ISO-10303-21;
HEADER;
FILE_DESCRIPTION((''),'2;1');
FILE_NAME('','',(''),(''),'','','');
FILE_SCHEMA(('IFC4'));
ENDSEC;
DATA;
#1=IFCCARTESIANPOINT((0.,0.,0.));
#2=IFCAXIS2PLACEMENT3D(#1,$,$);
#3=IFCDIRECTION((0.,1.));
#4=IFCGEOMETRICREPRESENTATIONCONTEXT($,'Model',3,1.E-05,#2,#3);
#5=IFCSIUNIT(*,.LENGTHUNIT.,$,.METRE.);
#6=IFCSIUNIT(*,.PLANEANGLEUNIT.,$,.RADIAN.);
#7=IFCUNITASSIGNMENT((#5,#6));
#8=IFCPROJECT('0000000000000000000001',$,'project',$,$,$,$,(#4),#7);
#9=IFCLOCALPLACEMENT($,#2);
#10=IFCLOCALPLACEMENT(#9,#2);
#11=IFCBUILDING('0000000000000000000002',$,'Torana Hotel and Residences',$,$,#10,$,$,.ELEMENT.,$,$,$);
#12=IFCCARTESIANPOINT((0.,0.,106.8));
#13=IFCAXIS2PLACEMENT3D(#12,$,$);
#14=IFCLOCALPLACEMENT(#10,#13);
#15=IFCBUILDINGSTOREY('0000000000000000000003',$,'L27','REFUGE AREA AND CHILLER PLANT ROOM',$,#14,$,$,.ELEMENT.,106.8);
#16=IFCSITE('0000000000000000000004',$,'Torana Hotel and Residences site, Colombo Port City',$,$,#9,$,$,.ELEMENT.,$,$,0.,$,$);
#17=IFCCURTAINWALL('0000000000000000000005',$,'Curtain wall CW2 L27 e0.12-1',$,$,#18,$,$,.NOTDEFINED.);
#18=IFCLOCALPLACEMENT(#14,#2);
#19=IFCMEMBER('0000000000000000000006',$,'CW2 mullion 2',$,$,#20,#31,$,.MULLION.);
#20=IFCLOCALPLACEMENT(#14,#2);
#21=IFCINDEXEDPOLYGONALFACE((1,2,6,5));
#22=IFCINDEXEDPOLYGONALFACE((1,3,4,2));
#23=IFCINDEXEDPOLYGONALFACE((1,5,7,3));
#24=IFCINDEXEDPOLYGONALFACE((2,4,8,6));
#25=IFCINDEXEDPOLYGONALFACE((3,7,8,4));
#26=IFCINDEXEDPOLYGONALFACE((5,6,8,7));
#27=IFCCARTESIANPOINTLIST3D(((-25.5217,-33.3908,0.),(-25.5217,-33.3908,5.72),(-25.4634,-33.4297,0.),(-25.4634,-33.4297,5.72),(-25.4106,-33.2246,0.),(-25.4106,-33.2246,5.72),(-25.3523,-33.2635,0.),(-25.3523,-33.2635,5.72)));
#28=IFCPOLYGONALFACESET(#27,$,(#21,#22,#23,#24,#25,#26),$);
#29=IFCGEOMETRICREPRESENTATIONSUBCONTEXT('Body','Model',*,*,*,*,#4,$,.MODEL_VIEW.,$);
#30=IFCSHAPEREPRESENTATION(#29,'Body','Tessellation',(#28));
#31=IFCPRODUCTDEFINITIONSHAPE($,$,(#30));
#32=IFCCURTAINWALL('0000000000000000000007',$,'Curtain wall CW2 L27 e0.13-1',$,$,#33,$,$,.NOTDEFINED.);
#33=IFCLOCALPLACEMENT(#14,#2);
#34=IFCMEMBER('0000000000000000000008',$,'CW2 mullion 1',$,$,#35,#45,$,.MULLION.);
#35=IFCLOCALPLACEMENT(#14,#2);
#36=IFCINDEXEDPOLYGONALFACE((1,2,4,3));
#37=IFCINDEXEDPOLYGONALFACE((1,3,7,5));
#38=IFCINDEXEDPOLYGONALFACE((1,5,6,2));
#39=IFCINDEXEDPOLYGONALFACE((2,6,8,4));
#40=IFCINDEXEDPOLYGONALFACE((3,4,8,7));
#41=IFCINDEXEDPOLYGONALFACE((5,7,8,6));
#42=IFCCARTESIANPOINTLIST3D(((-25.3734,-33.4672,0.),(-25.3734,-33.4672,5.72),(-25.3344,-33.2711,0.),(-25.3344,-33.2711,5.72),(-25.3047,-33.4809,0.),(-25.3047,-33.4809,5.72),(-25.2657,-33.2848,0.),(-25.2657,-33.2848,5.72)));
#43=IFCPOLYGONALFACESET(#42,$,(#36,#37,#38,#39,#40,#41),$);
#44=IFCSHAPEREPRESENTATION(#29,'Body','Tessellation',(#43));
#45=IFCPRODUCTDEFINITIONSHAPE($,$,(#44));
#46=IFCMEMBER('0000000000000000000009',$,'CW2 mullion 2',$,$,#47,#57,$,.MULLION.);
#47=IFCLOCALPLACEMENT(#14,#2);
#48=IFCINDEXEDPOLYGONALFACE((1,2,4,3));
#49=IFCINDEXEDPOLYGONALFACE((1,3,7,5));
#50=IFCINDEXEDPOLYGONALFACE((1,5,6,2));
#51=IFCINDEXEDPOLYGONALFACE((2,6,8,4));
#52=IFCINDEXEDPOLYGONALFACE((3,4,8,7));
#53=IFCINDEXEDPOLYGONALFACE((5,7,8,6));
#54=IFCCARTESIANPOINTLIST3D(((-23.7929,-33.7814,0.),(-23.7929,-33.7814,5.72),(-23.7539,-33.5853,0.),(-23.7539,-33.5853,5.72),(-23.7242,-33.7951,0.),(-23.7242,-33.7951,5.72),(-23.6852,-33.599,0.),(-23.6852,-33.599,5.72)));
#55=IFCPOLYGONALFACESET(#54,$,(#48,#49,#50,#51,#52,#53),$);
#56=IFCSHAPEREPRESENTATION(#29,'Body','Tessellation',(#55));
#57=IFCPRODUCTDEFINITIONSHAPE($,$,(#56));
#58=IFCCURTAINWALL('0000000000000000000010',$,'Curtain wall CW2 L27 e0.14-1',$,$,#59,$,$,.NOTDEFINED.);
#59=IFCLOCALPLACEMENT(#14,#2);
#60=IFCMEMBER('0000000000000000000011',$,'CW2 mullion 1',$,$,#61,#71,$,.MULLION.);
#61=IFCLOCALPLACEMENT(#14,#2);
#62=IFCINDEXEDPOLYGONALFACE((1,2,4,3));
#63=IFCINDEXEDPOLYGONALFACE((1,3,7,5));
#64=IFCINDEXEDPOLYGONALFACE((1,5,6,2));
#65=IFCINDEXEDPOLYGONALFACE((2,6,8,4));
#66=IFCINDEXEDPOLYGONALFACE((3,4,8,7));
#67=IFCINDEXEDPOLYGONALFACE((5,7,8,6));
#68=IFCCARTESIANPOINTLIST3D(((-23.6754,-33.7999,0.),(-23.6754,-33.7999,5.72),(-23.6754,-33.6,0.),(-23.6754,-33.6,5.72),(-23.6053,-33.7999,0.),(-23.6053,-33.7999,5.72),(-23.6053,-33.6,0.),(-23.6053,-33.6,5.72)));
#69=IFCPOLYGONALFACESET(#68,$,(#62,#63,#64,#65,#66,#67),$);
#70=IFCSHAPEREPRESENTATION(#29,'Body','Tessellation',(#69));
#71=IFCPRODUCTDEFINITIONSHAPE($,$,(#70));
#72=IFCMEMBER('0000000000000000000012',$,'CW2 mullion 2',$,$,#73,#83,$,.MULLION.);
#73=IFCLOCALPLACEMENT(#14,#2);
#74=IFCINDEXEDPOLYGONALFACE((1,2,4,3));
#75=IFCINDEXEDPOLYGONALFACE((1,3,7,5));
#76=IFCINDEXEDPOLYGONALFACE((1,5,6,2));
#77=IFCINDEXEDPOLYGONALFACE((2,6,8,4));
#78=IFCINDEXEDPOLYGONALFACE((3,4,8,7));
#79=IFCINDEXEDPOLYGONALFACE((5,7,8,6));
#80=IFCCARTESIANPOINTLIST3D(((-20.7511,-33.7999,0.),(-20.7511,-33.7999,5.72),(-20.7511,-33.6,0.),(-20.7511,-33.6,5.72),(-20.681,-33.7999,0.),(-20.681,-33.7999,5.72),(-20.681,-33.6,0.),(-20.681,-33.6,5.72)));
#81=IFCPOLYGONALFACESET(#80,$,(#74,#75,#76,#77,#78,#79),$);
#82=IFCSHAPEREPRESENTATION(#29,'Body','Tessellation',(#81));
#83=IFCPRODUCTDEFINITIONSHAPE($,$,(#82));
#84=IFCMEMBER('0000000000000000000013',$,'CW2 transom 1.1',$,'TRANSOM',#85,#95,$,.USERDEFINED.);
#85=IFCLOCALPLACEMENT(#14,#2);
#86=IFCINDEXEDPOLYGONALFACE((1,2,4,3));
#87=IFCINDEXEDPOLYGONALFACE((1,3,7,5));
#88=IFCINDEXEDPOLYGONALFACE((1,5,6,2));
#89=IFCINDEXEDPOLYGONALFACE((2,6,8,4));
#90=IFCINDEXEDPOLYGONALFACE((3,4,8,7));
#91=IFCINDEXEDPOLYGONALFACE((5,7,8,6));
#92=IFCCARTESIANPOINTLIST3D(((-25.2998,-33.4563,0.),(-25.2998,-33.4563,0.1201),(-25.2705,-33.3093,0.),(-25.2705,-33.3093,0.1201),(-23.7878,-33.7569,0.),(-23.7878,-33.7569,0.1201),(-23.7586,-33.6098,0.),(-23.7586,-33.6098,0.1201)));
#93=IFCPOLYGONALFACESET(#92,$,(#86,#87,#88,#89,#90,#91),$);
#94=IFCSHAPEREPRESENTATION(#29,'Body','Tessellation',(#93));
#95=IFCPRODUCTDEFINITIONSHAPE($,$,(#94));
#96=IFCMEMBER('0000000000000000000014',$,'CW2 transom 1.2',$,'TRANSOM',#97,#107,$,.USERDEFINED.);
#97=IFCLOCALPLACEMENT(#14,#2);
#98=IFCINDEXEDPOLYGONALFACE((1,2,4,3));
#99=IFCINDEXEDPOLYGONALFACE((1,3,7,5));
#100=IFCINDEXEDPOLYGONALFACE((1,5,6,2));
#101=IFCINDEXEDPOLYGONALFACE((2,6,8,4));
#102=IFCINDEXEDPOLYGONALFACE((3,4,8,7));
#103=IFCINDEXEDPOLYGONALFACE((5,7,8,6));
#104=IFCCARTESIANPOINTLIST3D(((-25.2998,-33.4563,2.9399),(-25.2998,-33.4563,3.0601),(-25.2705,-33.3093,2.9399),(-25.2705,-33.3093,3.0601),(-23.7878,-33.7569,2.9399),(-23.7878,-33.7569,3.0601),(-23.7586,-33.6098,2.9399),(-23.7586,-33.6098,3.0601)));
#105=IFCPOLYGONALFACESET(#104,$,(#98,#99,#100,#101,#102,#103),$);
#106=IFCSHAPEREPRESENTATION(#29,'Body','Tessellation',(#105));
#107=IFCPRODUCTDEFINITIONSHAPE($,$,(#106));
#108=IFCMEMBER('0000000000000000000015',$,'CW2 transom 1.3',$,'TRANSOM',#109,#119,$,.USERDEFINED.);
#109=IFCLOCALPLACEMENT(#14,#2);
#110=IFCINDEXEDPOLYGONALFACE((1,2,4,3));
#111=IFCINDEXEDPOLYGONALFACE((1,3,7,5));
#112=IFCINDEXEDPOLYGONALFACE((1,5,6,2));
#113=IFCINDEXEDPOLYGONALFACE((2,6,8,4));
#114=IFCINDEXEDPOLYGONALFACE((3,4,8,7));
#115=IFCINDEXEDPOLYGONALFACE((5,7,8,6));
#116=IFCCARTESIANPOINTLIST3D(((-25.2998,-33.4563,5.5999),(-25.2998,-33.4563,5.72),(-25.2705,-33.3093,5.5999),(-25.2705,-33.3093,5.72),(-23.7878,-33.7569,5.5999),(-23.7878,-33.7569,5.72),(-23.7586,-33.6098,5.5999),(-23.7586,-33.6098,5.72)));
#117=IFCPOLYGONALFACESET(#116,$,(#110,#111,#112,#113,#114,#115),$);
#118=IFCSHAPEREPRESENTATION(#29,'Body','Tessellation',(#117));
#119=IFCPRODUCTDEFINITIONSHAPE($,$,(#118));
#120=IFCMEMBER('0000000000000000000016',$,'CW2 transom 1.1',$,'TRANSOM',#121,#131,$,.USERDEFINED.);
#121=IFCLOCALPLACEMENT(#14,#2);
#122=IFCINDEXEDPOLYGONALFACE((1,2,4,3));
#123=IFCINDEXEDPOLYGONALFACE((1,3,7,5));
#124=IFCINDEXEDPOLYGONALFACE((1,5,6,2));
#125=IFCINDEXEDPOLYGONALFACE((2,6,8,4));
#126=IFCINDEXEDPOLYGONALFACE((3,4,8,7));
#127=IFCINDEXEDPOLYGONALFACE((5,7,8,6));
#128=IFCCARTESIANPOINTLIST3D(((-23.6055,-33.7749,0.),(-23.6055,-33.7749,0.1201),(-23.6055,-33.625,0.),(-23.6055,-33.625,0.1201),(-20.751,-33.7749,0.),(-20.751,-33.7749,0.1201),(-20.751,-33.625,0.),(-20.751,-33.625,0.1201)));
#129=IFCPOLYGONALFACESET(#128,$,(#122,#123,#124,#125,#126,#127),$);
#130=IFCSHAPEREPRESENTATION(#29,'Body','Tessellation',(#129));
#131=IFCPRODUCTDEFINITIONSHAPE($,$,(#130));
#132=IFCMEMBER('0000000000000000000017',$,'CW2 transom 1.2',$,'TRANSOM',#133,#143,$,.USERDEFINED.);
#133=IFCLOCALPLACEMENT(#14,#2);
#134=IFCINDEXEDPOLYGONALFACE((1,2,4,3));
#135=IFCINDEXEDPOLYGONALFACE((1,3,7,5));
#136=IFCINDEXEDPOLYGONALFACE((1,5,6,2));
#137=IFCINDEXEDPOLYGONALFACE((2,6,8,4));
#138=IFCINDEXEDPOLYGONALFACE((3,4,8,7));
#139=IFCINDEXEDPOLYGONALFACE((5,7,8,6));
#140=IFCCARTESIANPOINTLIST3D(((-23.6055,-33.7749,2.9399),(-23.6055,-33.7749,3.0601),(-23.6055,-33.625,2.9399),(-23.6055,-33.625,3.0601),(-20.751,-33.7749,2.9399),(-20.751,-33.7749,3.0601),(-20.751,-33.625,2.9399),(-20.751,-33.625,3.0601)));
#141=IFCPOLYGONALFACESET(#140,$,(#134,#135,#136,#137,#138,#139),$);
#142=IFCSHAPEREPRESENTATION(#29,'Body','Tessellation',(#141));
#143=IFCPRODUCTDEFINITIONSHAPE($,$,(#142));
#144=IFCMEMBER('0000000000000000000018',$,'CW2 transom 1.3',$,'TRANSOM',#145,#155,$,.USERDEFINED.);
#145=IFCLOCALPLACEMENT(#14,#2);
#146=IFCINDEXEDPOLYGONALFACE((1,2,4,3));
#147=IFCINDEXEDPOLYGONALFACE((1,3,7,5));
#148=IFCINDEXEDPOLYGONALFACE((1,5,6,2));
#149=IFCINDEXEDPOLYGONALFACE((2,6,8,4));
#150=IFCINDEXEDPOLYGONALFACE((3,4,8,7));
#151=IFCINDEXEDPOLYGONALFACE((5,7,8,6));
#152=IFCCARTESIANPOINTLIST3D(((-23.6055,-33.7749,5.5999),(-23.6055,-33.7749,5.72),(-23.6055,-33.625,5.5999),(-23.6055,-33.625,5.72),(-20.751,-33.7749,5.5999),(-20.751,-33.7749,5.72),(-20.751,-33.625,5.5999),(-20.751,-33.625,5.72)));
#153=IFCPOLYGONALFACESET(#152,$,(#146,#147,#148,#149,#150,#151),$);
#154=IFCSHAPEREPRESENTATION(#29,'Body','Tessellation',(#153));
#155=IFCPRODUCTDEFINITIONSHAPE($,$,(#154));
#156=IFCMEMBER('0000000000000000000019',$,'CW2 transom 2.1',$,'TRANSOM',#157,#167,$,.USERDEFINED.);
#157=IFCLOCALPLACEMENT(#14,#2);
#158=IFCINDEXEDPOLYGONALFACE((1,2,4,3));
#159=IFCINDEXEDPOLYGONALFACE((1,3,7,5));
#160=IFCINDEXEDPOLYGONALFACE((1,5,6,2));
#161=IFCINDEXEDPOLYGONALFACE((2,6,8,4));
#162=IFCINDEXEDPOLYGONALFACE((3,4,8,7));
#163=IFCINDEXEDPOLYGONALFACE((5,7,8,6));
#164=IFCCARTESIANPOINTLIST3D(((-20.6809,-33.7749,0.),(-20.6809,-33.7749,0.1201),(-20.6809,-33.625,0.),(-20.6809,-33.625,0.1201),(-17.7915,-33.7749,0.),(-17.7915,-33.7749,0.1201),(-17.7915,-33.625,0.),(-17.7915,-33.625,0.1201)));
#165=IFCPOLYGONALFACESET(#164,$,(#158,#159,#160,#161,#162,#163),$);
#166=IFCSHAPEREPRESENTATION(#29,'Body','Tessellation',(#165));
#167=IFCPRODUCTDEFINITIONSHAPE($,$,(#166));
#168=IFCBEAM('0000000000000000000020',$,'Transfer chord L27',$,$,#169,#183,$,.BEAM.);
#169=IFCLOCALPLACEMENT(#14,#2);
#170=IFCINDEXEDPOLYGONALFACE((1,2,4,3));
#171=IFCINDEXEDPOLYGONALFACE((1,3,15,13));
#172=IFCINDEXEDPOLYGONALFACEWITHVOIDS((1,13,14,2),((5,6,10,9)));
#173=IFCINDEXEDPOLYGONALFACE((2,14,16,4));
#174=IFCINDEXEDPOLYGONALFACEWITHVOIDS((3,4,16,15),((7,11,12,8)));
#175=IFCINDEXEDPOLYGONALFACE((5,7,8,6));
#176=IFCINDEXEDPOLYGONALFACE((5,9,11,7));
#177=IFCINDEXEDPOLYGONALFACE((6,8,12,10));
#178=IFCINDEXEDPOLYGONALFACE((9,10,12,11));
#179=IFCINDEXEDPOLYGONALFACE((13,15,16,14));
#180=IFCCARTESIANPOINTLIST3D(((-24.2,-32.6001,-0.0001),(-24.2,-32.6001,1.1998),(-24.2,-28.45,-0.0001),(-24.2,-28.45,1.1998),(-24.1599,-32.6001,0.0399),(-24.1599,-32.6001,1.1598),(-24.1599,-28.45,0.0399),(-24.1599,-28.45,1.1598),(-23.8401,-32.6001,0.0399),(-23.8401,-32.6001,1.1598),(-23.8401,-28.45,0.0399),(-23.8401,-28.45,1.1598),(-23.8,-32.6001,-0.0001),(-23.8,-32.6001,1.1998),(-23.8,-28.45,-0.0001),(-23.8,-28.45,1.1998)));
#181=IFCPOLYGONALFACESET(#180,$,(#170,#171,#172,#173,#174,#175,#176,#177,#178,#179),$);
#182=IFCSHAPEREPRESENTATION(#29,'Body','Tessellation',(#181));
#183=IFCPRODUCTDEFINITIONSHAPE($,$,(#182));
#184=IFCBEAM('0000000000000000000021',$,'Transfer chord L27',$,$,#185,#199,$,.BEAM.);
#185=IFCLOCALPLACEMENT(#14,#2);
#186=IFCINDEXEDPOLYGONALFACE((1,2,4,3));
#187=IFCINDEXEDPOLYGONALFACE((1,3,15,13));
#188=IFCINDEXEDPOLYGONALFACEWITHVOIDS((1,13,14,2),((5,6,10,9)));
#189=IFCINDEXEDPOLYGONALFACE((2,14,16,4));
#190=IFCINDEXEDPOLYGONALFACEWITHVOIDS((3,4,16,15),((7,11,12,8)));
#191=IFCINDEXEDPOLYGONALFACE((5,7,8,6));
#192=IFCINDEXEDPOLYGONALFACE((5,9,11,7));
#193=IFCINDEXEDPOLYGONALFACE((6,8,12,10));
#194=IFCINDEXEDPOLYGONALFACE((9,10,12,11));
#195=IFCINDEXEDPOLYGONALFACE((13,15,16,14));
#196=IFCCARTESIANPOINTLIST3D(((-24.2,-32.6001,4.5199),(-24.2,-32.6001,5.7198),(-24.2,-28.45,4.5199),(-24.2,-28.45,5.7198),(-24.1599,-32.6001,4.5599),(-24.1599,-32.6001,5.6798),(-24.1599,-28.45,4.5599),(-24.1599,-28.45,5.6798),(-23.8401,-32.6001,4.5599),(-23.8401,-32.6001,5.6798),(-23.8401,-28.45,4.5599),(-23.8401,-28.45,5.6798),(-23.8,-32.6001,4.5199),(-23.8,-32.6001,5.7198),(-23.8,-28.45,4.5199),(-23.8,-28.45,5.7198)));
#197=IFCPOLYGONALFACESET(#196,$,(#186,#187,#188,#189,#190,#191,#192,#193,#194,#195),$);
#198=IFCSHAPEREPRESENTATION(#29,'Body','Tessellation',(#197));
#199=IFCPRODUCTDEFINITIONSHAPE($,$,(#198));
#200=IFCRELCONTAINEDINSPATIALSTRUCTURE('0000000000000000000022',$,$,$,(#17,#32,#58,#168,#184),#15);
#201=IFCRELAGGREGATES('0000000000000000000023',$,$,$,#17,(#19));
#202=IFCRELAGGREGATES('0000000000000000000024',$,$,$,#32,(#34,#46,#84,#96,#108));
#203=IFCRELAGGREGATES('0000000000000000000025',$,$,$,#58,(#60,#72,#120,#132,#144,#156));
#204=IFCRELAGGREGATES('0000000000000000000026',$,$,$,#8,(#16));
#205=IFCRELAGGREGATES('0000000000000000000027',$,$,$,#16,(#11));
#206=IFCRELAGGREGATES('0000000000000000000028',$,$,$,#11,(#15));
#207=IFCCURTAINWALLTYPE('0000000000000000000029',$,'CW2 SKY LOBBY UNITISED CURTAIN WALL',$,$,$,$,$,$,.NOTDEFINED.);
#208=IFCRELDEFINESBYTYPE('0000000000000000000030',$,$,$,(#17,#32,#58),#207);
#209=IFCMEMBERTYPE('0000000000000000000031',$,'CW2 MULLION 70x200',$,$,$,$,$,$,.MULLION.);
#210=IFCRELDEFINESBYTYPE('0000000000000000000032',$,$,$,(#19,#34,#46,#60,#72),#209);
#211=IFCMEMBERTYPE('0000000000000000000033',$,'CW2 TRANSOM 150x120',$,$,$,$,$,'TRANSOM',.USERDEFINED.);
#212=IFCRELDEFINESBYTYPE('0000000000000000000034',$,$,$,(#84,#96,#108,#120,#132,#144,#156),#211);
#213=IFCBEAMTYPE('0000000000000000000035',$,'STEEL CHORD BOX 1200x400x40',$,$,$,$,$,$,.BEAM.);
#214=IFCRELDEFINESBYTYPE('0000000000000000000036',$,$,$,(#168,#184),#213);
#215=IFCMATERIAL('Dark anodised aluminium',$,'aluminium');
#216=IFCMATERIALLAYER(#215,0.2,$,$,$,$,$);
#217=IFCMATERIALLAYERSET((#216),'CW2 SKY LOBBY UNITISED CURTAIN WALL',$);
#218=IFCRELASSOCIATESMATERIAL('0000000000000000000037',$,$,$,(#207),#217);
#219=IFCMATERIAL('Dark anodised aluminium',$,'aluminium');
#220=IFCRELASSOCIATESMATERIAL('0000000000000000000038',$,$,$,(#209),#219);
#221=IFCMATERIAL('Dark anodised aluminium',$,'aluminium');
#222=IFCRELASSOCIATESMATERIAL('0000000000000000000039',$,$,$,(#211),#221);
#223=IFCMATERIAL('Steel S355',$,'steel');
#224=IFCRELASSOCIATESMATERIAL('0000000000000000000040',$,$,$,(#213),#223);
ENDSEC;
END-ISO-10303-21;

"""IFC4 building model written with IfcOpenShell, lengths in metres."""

from ifc_helpers import new_model, si_unit, direction, frame, origin, origin_2d, place, context, subcontext, project, spatial, rectangle, hollow_rectangle, extrude, material, layer, layer_set, material_profile, profile_set, type_object, element, aggregate, save


model = new_model("IFC4")

# Units and contexts
model_context = context("Model", 3, precision=1e-05, world=origin(), true_north=direction((0.0, 1.0)))
body_context = subcontext(model_context, "Body", "Model", "MODEL_VIEW")
ifc_project = project(units=[si_unit("LENGTHUNIT", "METRE"), si_unit("PLANEANGLEUNIT", "RADIAN")], contexts=[model_context])

# Site, building, storey
site_placement = place(None, origin())
site = spatial("IfcSite", under=ifc_project, at=site_placement, Name="Torana Hotel and Residences site, Colombo Port City", CompositionType="ELEMENT", RefElevation=0.0)
building_placement = place(site_placement, origin())
building = spatial("IfcBuilding", under=site, at=building_placement, Name="Torana Hotel and Residences", CompositionType="ELEMENT")
storey_placement = place(building_placement, frame((0.0, 0.0, 106.8)))
storey = spatial("IfcBuildingStorey", under=building, at=storey_placement, Name="L27", Description="REFUGE AREA AND CHILLER PLANT ROOM", CompositionType="ELEMENT", Elevation=106.8)

# Curtain wall, member
ifc_material_1 = material(Name="Dark anodised aluminium", Category="aluminium")
ifc_layer_1 = layer(ifc_material_1, 0.2)
ifc_layer_set_1 = layer_set([ifc_layer_1], Name="CW2 SKY LOBBY UNITISED CURTAIN WALL")
curtain_wall_type = type_object("IfcCurtainWallType", Name="CW2 SKY LOBBY UNITISED CURTAIN WALL", PredefinedType="NOTDEFINED", material=ifc_layer_set_1)
curtain_wall_1_placement = place(storey_placement, origin())
curtain_wall_1 = element("IfcCurtainWall", 1, at=curtain_wall_1_placement, inside=storey, type_object=curtain_wall_type, Name="Curtain wall CW2 L27 e0.12-1", PredefinedType="NOTDEFINED")
ifc_material_2 = material(Name="Dark anodised aluminium", Category="aluminium")
ifc_material_profile_1 = material_profile(ifc_material_2, rectangle(XDim=0.2, YDim=0.0701, at=origin_2d()), Name="CW2 MULLION 70x200")
ifc_profile_set_1 = profile_set([ifc_material_profile_1], Name="Dark anodised aluminium")
member_type_1 = type_object("IfcMemberType", Name="CW2 MULLION 70x200", PredefinedType="MULLION", material=ifc_profile_set_1)
member_1_placement = place(storey_placement, frame((-25.437, -33.3271, 0.0), z_axis=(0.0, 0.0, 1.0), x_axis=(0.555564, 0.831474, 0.0)))
member_1 = element("IfcMember", 2, at=member_1_placement, type_object=member_type_1, Name="CW2 mullion 2", PredefinedType="MULLION", context=body_context, shape_type="SweptSolid", body=[
    extrude(rectangle(XDim=0.2, YDim=0.0701, at=origin_2d()), origin(), (0.0, 0.0, 1.0), 5.72),
])

# Curtain walls, members
curtain_wall_2_placement = place(storey_placement, origin())
curtain_wall_2 = element("IfcCurtainWall", 3, at=curtain_wall_2_placement, inside=storey, type_object=curtain_wall_type, Name="Curtain wall CW2 L27 e0.13-1", PredefinedType="NOTDEFINED")
member_2_placement = place(storey_placement, frame((-25.3196, -33.376, 0.0), z_axis=(0.0, 0.0, 1.0), x_axis=(0.195064, 0.980791, 0.0)))
member_2 = element("IfcMember", 4, at=member_2_placement, type_object=member_type_1, Name="CW2 mullion 1", PredefinedType="MULLION", context=body_context, shape_type="SweptSolid", body=[
    extrude(rectangle(XDim=0.2, YDim=0.0701, at=origin_2d()), origin(), (0.0, 0.0, 1.0), 5.72),
])
member_3_placement = place(storey_placement, frame((-23.739, -33.6902, 0.0), z_axis=(0.0, 0.0, 1.0), x_axis=(0.195064, 0.980791, 0.0)))
member_3 = element("IfcMember", 5, at=member_3_placement, type_object=member_type_1, Name="CW2 mullion 2", PredefinedType="MULLION", context=body_context, shape_type="SweptSolid", body=[
    extrude(rectangle(XDim=0.2, YDim=0.0701, at=origin_2d()), origin(), (0.0, 0.0, 1.0), 5.72),
])
curtain_wall_3_placement = place(storey_placement, origin())
curtain_wall_3 = element("IfcCurtainWall", 6, at=curtain_wall_3_placement, inside=storey, type_object=curtain_wall_type, Name="Curtain wall CW2 L27 e0.14-1", PredefinedType="NOTDEFINED")
member_4_placement = place(storey_placement, frame((-23.6404, -33.7, 0.0), z_axis=(0.0, 0.0, 1.0), x_axis=(0.0, 1.0, 0.0)))
member_4 = element("IfcMember", 7, at=member_4_placement, type_object=member_type_1, Name="CW2 mullion 1", PredefinedType="MULLION", context=body_context, shape_type="SweptSolid", body=[
    extrude(rectangle(XDim=0.2, YDim=0.0701, at=origin_2d()), origin(), (0.0, 0.0, 1.0), 5.72),
])
member_5_placement = place(storey_placement, frame((-20.7161, -33.7, 0.0), z_axis=(0.0, 0.0, 1.0), x_axis=(0.0, 1.0, 0.0)))
member_5 = element("IfcMember", 8, at=member_5_placement, type_object=member_type_1, Name="CW2 mullion 2", PredefinedType="MULLION", context=body_context, shape_type="SweptSolid", body=[
    extrude(rectangle(XDim=0.2, YDim=0.0701, at=origin_2d()), origin(), (0.0, 0.0, 1.0), 5.72),
])

# Members
ifc_material_3 = material(Name="Dark anodised aluminium", Category="aluminium")
ifc_material_profile_2 = material_profile(ifc_material_3, rectangle(XDim=0.1499, YDim=0.1201, at=origin_2d()), Name="CW2 TRANSOM 150x120")
ifc_profile_set_2 = profile_set([ifc_material_profile_2], Name="Dark anodised aluminium")
member_type_2 = type_object("IfcMemberType", Name="CW2 TRANSOM 150x120", ElementType="TRANSOM", PredefinedType="USERDEFINED", material=ifc_profile_set_2)
member_6_placement = place(storey_placement, frame((-25.2852, -33.3828, 0.0601), z_axis=(0.980811, -0.194959, 0.0), x_axis=(0.194959, 0.980811, 0.0)))
member_6 = element("IfcMember", 9, at=member_6_placement, type_object=member_type_2, Name="CW2 transom 1.1", ObjectType="TRANSOM", PredefinedType="USERDEFINED", context=body_context, shape_type="SweptSolid", body=[
    extrude(rectangle(XDim=0.1499, YDim=0.1201, at=origin_2d()), origin(), (0.0, 0.0, 1.0), 1.5415),
])
member_7_placement = place(storey_placement, frame((-25.2852, -33.3828, 3.0), z_axis=(0.980811, -0.194959, 0.0), x_axis=(0.194959, 0.980811, 0.0)))
member_7 = element("IfcMember", 10, at=member_7_placement, type_object=member_type_2, Name="CW2 transom 1.2", ObjectType="TRANSOM", PredefinedType="USERDEFINED", context=body_context, shape_type="SweptSolid", body=[
    extrude(rectangle(XDim=0.1499, YDim=0.1201, at=origin_2d()), origin(), (0.0, 0.0, 1.0), 1.5415),
])
member_8_placement = place(storey_placement, frame((-25.2852, -33.3828, 5.6599), z_axis=(0.980811, -0.194959, 0.0), x_axis=(0.194959, 0.980811, 0.0)))
member_8 = element("IfcMember", 11, at=member_8_placement, type_object=member_type_2, Name="CW2 transom 1.3", ObjectType="TRANSOM", PredefinedType="USERDEFINED", context=body_context, shape_type="SweptSolid", body=[
    extrude(rectangle(XDim=0.1499, YDim=0.1201, at=origin_2d()), origin(), (0.0, 0.0, 1.0), 1.5415),
])
member_9_placement = place(storey_placement, frame((-23.6055, -33.7, 0.0601), z_axis=(1.0, 0.0, 0.0), x_axis=(0.0, 1.0, 0.0)))
member_9 = element("IfcMember", 12, at=member_9_placement, type_object=member_type_2, Name="CW2 transom 1.1", ObjectType="TRANSOM", PredefinedType="USERDEFINED", context=body_context, shape_type="SweptSolid", body=[
    extrude(rectangle(XDim=0.1499, YDim=0.1201, at=origin_2d()), origin(), (0.0, 0.0, 1.0), 2.8545),
])
member_10_placement = place(storey_placement, frame((-23.6055, -33.7, 3.0), z_axis=(1.0, 0.0, 0.0), x_axis=(0.0, 1.0, 0.0)))
member_10 = element("IfcMember", 13, at=member_10_placement, type_object=member_type_2, Name="CW2 transom 1.2", ObjectType="TRANSOM", PredefinedType="USERDEFINED", context=body_context, shape_type="SweptSolid", body=[
    extrude(rectangle(XDim=0.1499, YDim=0.1201, at=origin_2d()), origin(), (0.0, 0.0, 1.0), 2.8545),
])
member_11_placement = place(storey_placement, frame((-23.6055, -33.7, 5.6599), z_axis=(1.0, 0.0, 0.0), x_axis=(0.0, 1.0, 0.0)))
member_11 = element("IfcMember", 14, at=member_11_placement, type_object=member_type_2, Name="CW2 transom 1.3", ObjectType="TRANSOM", PredefinedType="USERDEFINED", context=body_context, shape_type="SweptSolid", body=[
    extrude(rectangle(XDim=0.1499, YDim=0.1201, at=origin_2d()), origin(), (0.0, 0.0, 1.0), 2.8545),
])
member_12_placement = place(storey_placement, frame((-20.6809, -33.7, 0.0601), z_axis=(1.0, 0.0, 0.0), x_axis=(0.0, 1.0, 0.0)))
member_12 = element("IfcMember", 15, at=member_12_placement, type_object=member_type_2, Name="CW2 transom 2.1", ObjectType="TRANSOM", PredefinedType="USERDEFINED", context=body_context, shape_type="SweptSolid", body=[
    extrude(rectangle(XDim=0.1499, YDim=0.1201, at=origin_2d()), origin(), (0.0, 0.0, 1.0), 2.8894),
])

# Beams
ifc_material_4 = material(Name="Steel S355", Category="steel")
ifc_material_profile_3 = material_profile(ifc_material_4, hollow_rectangle(XDim=0.3999, YDim=1.2, WallThickness=0.04, at=origin_2d()), Name="BOX 1200x400x40")
ifc_profile_set_3 = profile_set([ifc_material_profile_3], Name="Steel S355")
beam_type = type_object("IfcBeamType", Name="STEEL CHORD BOX 1200x400x40", PredefinedType="BEAM", material=ifc_profile_set_3)
for number, where, z_axis, x_axis, name in (
    (16, (-24.0, -32.6001, 0.5999), (0.0, 1.0, 0.0), (-1.0, 0.0, 0.0), "Transfer chord L27"),
    (17, (-24.0, -32.6001, 5.1199), (0.0, 1.0, 0.0), (-1.0, 0.0, 0.0), "Transfer chord L27"),
):
    element("IfcBeam", number, at=place(storey_placement, frame(where, z_axis=z_axis, x_axis=x_axis)), inside=storey, type_object=beam_type, Name=name, PredefinedType="BEAM", context=body_context, shape_type="SweptSolid", body=[
        extrude(hollow_rectangle(XDim=0.3999, YDim=1.2, WallThickness=0.04, at=origin_2d()), origin(), (0.0, 0.0, 1.0), 4.1501),
    ])

aggregate(curtain_wall_1, [member_1])
aggregate(curtain_wall_2, [member_2, member_3, member_6, member_7, member_8])
aggregate(curtain_wall_3, [member_4, member_5, member_9, member_10, member_11, member_12])

save(model, "model.ifc")
